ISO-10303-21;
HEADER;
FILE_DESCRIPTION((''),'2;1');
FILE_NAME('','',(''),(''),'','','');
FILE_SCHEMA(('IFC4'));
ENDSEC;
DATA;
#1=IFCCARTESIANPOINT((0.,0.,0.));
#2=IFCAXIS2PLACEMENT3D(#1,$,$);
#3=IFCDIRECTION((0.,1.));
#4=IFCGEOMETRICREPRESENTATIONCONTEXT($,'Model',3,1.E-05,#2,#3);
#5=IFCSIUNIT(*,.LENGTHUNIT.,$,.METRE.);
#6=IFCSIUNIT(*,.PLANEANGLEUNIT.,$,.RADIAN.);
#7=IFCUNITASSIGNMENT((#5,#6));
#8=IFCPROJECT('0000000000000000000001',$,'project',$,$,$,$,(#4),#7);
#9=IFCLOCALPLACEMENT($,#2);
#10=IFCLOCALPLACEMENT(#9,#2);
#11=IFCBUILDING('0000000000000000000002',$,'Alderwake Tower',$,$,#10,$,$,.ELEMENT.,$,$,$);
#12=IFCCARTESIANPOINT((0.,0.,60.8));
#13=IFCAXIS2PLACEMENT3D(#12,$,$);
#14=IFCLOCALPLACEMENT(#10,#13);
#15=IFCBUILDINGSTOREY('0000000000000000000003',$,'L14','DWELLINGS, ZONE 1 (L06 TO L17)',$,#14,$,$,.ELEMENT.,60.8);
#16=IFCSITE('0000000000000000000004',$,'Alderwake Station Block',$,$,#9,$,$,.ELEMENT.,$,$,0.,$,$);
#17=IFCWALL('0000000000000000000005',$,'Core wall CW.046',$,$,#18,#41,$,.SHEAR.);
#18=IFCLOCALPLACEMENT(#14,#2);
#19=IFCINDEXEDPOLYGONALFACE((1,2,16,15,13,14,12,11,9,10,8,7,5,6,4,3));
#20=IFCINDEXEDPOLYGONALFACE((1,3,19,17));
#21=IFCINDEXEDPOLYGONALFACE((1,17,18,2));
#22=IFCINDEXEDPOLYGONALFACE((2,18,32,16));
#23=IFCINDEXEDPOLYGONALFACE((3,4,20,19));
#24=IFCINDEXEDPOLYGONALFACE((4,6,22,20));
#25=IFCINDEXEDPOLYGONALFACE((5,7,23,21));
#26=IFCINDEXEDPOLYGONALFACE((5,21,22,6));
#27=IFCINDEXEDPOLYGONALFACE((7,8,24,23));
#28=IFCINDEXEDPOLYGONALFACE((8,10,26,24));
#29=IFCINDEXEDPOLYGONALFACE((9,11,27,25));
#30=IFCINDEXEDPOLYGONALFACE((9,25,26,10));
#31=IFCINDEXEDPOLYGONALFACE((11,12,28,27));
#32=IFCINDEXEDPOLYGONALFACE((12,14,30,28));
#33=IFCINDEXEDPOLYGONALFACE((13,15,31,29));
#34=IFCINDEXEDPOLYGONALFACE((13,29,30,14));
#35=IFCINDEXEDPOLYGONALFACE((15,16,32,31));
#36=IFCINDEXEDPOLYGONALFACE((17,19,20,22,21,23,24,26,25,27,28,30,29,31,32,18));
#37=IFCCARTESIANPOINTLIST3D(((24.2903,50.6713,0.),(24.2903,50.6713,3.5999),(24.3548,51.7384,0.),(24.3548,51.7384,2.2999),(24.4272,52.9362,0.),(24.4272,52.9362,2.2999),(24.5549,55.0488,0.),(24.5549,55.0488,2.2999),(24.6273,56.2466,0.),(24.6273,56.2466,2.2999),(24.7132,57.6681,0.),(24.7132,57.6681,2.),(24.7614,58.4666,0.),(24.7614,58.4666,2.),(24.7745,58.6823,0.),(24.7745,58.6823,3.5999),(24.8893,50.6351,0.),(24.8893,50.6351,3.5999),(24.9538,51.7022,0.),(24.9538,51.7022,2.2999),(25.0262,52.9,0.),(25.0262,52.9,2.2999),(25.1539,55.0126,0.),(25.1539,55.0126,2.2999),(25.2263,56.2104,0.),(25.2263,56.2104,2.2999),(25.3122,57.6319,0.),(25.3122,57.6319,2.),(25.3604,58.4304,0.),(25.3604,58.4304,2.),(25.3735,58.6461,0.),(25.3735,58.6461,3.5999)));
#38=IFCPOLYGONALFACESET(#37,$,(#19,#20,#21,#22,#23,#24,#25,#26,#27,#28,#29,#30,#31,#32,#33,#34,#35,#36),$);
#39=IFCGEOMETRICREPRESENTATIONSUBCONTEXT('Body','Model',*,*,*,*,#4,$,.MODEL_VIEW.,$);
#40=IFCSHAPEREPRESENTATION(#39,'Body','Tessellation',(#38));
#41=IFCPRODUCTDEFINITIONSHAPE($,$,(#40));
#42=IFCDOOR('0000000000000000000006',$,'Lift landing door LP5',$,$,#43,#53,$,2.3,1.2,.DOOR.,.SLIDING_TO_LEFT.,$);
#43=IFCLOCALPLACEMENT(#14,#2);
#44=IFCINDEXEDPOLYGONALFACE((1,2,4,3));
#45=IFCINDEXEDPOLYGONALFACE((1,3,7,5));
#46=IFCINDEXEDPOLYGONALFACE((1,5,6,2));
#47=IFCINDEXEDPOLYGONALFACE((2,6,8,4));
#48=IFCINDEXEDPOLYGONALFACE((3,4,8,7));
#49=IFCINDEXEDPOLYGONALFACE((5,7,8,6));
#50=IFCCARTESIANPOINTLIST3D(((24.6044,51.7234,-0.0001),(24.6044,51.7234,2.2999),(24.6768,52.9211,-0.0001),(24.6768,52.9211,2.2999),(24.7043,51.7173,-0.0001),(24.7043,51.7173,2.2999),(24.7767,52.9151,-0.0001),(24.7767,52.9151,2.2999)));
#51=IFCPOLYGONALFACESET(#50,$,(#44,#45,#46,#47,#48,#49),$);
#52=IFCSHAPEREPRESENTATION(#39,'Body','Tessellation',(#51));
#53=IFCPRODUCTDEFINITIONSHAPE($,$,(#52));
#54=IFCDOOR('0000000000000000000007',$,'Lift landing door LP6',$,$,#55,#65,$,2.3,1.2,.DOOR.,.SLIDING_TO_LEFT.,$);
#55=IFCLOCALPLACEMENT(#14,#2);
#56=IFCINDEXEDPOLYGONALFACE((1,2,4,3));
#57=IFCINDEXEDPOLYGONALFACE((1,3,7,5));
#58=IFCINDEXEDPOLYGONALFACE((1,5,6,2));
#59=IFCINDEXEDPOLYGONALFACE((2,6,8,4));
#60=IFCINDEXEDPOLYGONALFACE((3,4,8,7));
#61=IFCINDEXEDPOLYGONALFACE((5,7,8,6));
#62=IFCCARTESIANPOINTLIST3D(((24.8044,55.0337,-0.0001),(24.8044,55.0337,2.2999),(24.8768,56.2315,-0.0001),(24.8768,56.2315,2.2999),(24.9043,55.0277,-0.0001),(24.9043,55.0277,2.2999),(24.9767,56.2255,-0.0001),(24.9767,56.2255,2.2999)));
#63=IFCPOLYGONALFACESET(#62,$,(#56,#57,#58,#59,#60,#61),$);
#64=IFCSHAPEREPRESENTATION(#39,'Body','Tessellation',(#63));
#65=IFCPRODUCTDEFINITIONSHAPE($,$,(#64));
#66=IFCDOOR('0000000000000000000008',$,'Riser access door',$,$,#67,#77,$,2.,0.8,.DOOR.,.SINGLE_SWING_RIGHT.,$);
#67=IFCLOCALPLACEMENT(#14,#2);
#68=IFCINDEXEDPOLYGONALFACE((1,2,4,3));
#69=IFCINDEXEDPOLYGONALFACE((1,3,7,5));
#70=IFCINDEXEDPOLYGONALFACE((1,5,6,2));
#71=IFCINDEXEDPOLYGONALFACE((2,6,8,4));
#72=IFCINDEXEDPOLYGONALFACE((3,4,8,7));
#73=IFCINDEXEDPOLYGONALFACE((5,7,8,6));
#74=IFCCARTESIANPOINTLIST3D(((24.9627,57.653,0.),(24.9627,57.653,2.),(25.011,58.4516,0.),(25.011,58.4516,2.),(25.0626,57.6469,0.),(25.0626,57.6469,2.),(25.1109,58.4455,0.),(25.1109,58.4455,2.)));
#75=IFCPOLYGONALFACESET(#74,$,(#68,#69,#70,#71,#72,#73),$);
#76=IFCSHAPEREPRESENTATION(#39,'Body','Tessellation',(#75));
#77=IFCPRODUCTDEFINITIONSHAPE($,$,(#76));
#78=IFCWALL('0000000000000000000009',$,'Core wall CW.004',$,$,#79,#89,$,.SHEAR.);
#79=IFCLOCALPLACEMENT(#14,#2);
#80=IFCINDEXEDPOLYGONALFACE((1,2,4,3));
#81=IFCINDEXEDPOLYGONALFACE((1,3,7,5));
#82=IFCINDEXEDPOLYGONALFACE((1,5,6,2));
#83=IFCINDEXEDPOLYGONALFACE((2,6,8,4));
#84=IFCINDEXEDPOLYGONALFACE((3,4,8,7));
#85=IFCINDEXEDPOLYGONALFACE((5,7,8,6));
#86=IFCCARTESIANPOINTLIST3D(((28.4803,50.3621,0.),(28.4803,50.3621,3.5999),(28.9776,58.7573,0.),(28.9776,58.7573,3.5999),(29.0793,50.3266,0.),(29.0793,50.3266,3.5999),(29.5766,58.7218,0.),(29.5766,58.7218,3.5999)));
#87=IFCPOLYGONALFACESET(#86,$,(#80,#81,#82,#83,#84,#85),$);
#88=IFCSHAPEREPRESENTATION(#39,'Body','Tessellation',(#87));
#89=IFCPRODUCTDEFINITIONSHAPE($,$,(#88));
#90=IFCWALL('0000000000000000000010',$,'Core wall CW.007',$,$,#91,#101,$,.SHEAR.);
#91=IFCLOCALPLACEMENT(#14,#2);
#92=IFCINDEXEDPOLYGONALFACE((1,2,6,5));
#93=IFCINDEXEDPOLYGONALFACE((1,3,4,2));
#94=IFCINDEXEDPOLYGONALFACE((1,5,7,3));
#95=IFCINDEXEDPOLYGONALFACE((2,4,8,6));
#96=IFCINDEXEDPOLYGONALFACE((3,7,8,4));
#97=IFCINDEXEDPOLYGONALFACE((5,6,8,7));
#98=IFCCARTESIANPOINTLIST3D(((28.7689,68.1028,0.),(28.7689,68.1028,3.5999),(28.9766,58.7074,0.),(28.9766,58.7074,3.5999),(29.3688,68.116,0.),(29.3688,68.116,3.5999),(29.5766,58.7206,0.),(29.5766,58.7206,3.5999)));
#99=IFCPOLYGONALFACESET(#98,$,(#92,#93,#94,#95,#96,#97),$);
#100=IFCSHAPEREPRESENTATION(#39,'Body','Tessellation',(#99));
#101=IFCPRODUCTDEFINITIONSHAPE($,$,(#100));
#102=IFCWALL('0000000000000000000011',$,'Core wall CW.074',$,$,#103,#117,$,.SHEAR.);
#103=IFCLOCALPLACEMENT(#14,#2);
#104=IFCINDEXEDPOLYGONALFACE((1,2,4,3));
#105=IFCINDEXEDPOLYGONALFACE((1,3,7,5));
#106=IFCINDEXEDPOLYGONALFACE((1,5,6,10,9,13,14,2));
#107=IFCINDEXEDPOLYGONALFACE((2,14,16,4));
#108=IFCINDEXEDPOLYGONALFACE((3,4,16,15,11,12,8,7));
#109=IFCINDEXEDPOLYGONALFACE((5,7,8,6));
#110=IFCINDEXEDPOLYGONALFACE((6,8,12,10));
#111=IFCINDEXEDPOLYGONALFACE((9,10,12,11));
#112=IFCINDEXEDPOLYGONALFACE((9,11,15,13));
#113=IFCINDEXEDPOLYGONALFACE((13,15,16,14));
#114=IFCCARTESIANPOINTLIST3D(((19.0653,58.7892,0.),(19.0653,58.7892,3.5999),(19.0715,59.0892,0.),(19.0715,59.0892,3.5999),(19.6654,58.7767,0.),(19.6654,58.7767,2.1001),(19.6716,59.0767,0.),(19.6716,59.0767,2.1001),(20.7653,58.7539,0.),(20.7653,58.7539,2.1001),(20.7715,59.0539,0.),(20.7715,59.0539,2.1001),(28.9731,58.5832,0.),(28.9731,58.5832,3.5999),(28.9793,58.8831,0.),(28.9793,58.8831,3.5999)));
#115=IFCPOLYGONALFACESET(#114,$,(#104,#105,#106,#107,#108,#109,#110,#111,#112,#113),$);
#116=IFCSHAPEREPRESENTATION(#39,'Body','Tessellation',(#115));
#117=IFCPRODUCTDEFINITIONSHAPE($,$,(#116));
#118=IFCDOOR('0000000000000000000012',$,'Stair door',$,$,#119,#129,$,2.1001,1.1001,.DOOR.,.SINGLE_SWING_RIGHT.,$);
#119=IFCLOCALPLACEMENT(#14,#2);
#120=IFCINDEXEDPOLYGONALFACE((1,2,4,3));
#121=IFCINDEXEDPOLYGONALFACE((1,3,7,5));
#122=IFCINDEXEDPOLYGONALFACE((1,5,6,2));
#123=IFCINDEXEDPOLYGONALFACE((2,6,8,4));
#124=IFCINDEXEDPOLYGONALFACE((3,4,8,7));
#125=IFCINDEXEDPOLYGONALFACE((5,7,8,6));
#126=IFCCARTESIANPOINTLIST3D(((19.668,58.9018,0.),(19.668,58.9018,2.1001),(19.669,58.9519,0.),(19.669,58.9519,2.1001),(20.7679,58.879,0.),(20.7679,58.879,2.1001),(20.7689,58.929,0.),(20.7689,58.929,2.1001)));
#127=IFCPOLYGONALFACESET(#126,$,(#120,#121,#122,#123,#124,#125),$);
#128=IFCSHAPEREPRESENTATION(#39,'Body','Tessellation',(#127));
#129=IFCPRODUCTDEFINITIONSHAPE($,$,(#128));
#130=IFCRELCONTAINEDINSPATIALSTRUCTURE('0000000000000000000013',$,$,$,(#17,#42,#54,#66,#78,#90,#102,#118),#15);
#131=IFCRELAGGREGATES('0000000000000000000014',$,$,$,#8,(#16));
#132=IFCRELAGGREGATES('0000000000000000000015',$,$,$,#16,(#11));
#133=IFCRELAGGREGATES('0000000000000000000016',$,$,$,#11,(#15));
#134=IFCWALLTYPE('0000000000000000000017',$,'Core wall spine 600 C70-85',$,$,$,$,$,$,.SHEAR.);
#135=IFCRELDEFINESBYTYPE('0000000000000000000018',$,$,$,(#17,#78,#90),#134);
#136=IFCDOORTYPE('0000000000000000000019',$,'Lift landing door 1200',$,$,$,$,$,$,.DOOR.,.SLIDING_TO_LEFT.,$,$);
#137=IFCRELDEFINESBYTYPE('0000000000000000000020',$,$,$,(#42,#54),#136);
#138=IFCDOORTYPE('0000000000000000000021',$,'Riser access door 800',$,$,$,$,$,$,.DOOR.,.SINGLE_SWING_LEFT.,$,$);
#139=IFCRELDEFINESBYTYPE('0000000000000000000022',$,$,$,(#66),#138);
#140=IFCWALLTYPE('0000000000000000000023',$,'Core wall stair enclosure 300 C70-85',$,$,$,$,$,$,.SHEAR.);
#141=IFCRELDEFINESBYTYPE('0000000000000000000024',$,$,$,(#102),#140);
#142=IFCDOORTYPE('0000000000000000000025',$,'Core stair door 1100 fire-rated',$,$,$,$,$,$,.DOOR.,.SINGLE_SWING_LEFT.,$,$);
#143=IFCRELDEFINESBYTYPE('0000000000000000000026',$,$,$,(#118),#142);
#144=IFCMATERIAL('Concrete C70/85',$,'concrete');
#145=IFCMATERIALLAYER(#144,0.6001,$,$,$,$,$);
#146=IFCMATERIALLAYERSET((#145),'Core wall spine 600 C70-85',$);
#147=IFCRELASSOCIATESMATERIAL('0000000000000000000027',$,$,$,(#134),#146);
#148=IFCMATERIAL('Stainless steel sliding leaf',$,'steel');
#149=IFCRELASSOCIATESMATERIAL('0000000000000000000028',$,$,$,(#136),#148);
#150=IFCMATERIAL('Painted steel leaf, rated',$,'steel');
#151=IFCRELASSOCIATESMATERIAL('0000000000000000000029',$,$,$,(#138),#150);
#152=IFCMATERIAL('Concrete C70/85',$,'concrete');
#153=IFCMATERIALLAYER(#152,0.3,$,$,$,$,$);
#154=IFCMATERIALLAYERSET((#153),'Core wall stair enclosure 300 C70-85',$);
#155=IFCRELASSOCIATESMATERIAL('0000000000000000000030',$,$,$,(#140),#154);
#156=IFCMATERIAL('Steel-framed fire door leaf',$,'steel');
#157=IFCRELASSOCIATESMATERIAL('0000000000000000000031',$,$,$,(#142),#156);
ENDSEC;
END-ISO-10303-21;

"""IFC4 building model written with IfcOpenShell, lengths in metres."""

from ifc_helpers import new_model, si_unit, direction, frame, frame_2d, origin, place, context, subcontext, project, spatial, rectangle, extrude, material, layer, layer_set, type_object, element, fill, save


model = new_model("IFC4")

# Units and contexts
model_context = context("Model", 3, precision=1e-05, world=origin(), true_north=direction((0.0, 1.0)))
body_context = subcontext(model_context, "Body", "Model", "MODEL_VIEW")
ifc_project = project(units=[si_unit("LENGTHUNIT", "METRE"), si_unit("PLANEANGLEUNIT", "RADIAN")], contexts=[model_context])

# Site, building, storey
site_placement = place(None, origin())
site = spatial("IfcSite", under=ifc_project, at=site_placement, Name="Alderwake Station Block", CompositionType="ELEMENT", RefElevation=0.0)
building_placement = place(site_placement, origin())
building = spatial("IfcBuilding", under=site, at=building_placement, Name="Alderwake Tower", CompositionType="ELEMENT")
storey_placement = place(building_placement, frame((0.0, 0.0, 60.8)))
storey = spatial("IfcBuildingStorey", under=building, at=storey_placement, Name="L14", Description="DWELLINGS, ZONE 1 (L06 TO L17)", CompositionType="ELEMENT", Elevation=60.8)

# Wall, openings, doors
ifc_material_1 = material(Name="Concrete C70/85", Category="concrete")
ifc_layer_1 = layer(ifc_material_1, 0.6001)
ifc_layer_set_1 = layer_set([ifc_layer_1], Name="Core wall spine 600 C70-85")
wall_type_1 = type_object("IfcWallType", Name="Core wall spine 600 C70-85", PredefinedType="SHEAR", material=ifc_layer_set_1)
wall_1_placement = place(storey_placement, frame((24.5898, 50.6533, 0.0), z_axis=(0.0, 0.0, 1.0), x_axis=(0.060323, 0.998179, 0.0)))
wall_1 = element("IfcWall", 1, at=wall_1_placement, inside=storey, type_object=wall_type_1, Name="Core wall CW.046", PredefinedType="SHEAR", context=body_context, shape_type="SweptSolid", body=[
    extrude(rectangle(XDim=8.0256, YDim=0.6001, at=frame_2d((4.0127, 0.0))), origin(), (0.0, 0.0, 1.0), 3.5999),
])
opening_1_placement = place(wall_1_placement, frame((1.0688, 0.0, 0.0)))
opening_1 = element("IfcOpeningElement", 2, at=opening_1_placement, cuts=wall_1, PredefinedType="OPENING", context=body_context, shape_type="SweptSolid", body=[
    extrude(rectangle(XDim=1.2, YDim=2.3, at=frame_2d((0.6001, 1.1499))), frame((0.0, 0.3101, 0.0), z_axis=(0.0, -1.0, 0.0), x_axis=(1.0, 0.0, 0.0)), (0.0, 0.0, 1.0), 0.6201),
])
opening_2_placement = place(wall_1_placement, frame((4.3853, 0.0, 0.0)))
opening_2 = element("IfcOpeningElement", 3, at=opening_2_placement, cuts=wall_1, PredefinedType="OPENING", context=body_context, shape_type="SweptSolid", body=[
    extrude(rectangle(XDim=1.2, YDim=2.3, at=frame_2d((0.6001, 1.1499))), frame((0.0, 0.3101, 0.0), z_axis=(0.0, -1.0, 0.0), x_axis=(1.0, 0.0, 0.0)), (0.0, 0.0, 1.0), 0.6201),
])
opening_3_placement = place(wall_1_placement, frame((7.0095, 0.0, 0.0)))
opening_3 = element("IfcOpeningElement", 4, at=opening_3_placement, cuts=wall_1, PredefinedType="OPENING", context=body_context, shape_type="SweptSolid", body=[
    extrude(rectangle(XDim=0.8, YDim=2.0, at=frame_2d((0.3999, 1.0))), frame((0.0, 0.3101, 0.0), z_axis=(0.0, -1.0, 0.0), x_axis=(1.0, 0.0, 0.0)), (0.0, 0.0, 1.0), 0.6201),
])
ifc_material_2 = material(Name="Stainless steel sliding leaf", Category="steel")
door_type_1 = type_object("IfcDoorType", Name="Lift landing door 1200", OperationType="SLIDING_TO_LEFT", PredefinedType="DOOR", material=ifc_material_2)
door_1_placement = place(opening_1_placement, origin())
door_1 = element("IfcDoor", 5, at=door_1_placement, inside=storey, type_object=door_type_1, Name="Lift landing door LP5", OperationType="SLIDING_TO_LEFT", OverallHeight=2.3, OverallWidth=1.2, PredefinedType="DOOR", context=body_context, shape_type="SweptSolid", body=[
    extrude(rectangle(XDim=1.2, YDim=2.3, at=frame_2d((0.6001, 1.1499))), frame((0.0, 0.05, 0.0), z_axis=(0.0, -1.0, 0.0), x_axis=(1.0, 0.0, 0.0)), (0.0, 0.0, 1.0), 0.1001),
])
fill(opening_1, door_1)
door_2_placement = place(opening_2_placement, origin())
door_2 = element("IfcDoor", 6, at=door_2_placement, inside=storey, type_object=door_type_1, Name="Lift landing door LP6", OperationType="SLIDING_TO_LEFT", OverallHeight=2.3, OverallWidth=1.2, PredefinedType="DOOR", context=body_context, shape_type="SweptSolid", body=[
    extrude(rectangle(XDim=1.2, YDim=2.3, at=frame_2d((0.6001, 1.1499))), frame((0.0, 0.05, 0.0), z_axis=(0.0, -1.0, 0.0), x_axis=(1.0, 0.0, 0.0)), (0.0, 0.0, 1.0), 0.1001),
])
fill(opening_2, door_2)
ifc_material_3 = material(Name="Painted steel leaf, rated", Category="steel")
door_type_2 = type_object("IfcDoorType", Name="Riser access door 800", OperationType="SINGLE_SWING_LEFT", PredefinedType="DOOR", material=ifc_material_3)
door_3_placement = place(opening_3_placement, origin())
door_3 = element("IfcDoor", 7, at=door_3_placement, inside=storey, type_object=door_type_2, Name="Riser access door", OperationType="SINGLE_SWING_RIGHT", OverallHeight=2.0, OverallWidth=0.8, PredefinedType="DOOR", context=body_context, shape_type="SweptSolid", body=[
    extrude(rectangle(XDim=0.8, YDim=2.0, at=frame_2d((0.3999, 1.0))), frame((0.0, 0.05, 0.0), z_axis=(0.0, -1.0, 0.0), x_axis=(1.0, 0.0, 0.0)), (0.0, 0.0, 1.0), 0.1001),
])
fill(opening_3, door_3)

# Walls
wall_2_placement = place(storey_placement, frame((28.7798, 50.3442, 0.0), z_axis=(0.0, 0.0, 1.0), x_axis=(0.059134, 0.99825, 0.0)))
element("IfcWall", 8, at=wall_2_placement, inside=storey, type_object=wall_type_1, Name="Core wall CW.004", PredefinedType="SHEAR", context=body_context, shape_type="SweptSolid", body=[
    extrude(rectangle(XDim=8.4099, YDim=0.6001, at=frame_2d((4.2051, 0.0))), origin(), (0.0, 0.0, 1.0), 3.5999),
])
wall_3_placement = place(storey_placement, frame((29.2766, 58.7141, 0.0), z_axis=(0.0, 0.0, 1.0), x_axis=(-0.022108, 0.999756, 0.0)))
element("IfcWall", 9, at=wall_3_placement, inside=storey, type_object=wall_type_1, Name="Core wall CW.007", PredefinedType="SHEAR", context=body_context, shape_type="SweptSolid", body=[
    extrude(rectangle(XDim=9.3977, YDim=0.6001, at=frame_2d((4.6987, 0.0))), origin(), (0.0, 0.0, 1.0), 3.5999),
])

# Wall, opening, door
ifc_material_4 = material(Name="Concrete C70/85", Category="concrete")
ifc_layer_2 = layer(ifc_material_4, 0.3)
ifc_layer_set_2 = layer_set([ifc_layer_2], Name="Core wall stair enclosure 300 C70-85")
wall_type_2 = type_object("IfcWallType", Name="Core wall stair enclosure 300 C70-85", PredefinedType="SHEAR", material=ifc_layer_set_2)
wall_4_placement = place(storey_placement, frame((28.9763, 58.7332, 0.0), z_axis=(0.0, 0.0, 1.0), x_axis=(-0.999784, 0.020793, 0.0)))
wall_4 = element("IfcWall", 10, at=wall_4_placement, inside=storey, type_object=wall_type_2, Name="Core wall CW.074", PredefinedType="SHEAR", context=body_context, shape_type="SweptSolid", body=[
    extrude(rectangle(XDim=9.9099, YDim=0.3, at=frame_2d((4.9551, 0.0))), origin(), (0.0, 0.0, 1.0), 3.5999),
])
opening_4_placement = place(wall_4_placement, frame((8.2097, 0.0, 0.0)))
opening_4 = element("IfcOpeningElement", 11, at=opening_4_placement, cuts=wall_4, PredefinedType="OPENING", context=body_context, shape_type="SweptSolid", body=[
    extrude(rectangle(XDim=1.1001, YDim=2.1001, at=frame_2d((0.55, 1.05))), frame((0.0, 0.1599, 0.0), z_axis=(0.0, -1.0, 0.0), x_axis=(1.0, 0.0, 0.0)), (0.0, 0.0, 1.0), 0.3201),
])
ifc_material_5 = material(Name="Steel-framed fire door leaf", Category="steel")
door_type_3 = type_object("IfcDoorType", Name="Core stair door 1100 fire-rated", OperationType="SINGLE_SWING_LEFT", PredefinedType="DOOR", material=ifc_material_5)
door_4_placement = place(opening_4_placement, origin())
door_4 = element("IfcDoor", 12, at=door_4_placement, inside=storey, type_object=door_type_3, Name="Stair door", OperationType="SINGLE_SWING_RIGHT", OverallHeight=2.1001, OverallWidth=1.1001, PredefinedType="DOOR", context=body_context, shape_type="SweptSolid", body=[
    extrude(rectangle(XDim=1.1001, YDim=2.1001, at=frame_2d((0.55, 1.05))), frame((0.0, 0.0249, 0.0), z_axis=(0.0, -1.0, 0.0), x_axis=(1.0, 0.0, 0.0)), (0.0, 0.0, 1.0), 0.05),
])
fill(opening_4, door_4)

save(model, "model.ifc")
